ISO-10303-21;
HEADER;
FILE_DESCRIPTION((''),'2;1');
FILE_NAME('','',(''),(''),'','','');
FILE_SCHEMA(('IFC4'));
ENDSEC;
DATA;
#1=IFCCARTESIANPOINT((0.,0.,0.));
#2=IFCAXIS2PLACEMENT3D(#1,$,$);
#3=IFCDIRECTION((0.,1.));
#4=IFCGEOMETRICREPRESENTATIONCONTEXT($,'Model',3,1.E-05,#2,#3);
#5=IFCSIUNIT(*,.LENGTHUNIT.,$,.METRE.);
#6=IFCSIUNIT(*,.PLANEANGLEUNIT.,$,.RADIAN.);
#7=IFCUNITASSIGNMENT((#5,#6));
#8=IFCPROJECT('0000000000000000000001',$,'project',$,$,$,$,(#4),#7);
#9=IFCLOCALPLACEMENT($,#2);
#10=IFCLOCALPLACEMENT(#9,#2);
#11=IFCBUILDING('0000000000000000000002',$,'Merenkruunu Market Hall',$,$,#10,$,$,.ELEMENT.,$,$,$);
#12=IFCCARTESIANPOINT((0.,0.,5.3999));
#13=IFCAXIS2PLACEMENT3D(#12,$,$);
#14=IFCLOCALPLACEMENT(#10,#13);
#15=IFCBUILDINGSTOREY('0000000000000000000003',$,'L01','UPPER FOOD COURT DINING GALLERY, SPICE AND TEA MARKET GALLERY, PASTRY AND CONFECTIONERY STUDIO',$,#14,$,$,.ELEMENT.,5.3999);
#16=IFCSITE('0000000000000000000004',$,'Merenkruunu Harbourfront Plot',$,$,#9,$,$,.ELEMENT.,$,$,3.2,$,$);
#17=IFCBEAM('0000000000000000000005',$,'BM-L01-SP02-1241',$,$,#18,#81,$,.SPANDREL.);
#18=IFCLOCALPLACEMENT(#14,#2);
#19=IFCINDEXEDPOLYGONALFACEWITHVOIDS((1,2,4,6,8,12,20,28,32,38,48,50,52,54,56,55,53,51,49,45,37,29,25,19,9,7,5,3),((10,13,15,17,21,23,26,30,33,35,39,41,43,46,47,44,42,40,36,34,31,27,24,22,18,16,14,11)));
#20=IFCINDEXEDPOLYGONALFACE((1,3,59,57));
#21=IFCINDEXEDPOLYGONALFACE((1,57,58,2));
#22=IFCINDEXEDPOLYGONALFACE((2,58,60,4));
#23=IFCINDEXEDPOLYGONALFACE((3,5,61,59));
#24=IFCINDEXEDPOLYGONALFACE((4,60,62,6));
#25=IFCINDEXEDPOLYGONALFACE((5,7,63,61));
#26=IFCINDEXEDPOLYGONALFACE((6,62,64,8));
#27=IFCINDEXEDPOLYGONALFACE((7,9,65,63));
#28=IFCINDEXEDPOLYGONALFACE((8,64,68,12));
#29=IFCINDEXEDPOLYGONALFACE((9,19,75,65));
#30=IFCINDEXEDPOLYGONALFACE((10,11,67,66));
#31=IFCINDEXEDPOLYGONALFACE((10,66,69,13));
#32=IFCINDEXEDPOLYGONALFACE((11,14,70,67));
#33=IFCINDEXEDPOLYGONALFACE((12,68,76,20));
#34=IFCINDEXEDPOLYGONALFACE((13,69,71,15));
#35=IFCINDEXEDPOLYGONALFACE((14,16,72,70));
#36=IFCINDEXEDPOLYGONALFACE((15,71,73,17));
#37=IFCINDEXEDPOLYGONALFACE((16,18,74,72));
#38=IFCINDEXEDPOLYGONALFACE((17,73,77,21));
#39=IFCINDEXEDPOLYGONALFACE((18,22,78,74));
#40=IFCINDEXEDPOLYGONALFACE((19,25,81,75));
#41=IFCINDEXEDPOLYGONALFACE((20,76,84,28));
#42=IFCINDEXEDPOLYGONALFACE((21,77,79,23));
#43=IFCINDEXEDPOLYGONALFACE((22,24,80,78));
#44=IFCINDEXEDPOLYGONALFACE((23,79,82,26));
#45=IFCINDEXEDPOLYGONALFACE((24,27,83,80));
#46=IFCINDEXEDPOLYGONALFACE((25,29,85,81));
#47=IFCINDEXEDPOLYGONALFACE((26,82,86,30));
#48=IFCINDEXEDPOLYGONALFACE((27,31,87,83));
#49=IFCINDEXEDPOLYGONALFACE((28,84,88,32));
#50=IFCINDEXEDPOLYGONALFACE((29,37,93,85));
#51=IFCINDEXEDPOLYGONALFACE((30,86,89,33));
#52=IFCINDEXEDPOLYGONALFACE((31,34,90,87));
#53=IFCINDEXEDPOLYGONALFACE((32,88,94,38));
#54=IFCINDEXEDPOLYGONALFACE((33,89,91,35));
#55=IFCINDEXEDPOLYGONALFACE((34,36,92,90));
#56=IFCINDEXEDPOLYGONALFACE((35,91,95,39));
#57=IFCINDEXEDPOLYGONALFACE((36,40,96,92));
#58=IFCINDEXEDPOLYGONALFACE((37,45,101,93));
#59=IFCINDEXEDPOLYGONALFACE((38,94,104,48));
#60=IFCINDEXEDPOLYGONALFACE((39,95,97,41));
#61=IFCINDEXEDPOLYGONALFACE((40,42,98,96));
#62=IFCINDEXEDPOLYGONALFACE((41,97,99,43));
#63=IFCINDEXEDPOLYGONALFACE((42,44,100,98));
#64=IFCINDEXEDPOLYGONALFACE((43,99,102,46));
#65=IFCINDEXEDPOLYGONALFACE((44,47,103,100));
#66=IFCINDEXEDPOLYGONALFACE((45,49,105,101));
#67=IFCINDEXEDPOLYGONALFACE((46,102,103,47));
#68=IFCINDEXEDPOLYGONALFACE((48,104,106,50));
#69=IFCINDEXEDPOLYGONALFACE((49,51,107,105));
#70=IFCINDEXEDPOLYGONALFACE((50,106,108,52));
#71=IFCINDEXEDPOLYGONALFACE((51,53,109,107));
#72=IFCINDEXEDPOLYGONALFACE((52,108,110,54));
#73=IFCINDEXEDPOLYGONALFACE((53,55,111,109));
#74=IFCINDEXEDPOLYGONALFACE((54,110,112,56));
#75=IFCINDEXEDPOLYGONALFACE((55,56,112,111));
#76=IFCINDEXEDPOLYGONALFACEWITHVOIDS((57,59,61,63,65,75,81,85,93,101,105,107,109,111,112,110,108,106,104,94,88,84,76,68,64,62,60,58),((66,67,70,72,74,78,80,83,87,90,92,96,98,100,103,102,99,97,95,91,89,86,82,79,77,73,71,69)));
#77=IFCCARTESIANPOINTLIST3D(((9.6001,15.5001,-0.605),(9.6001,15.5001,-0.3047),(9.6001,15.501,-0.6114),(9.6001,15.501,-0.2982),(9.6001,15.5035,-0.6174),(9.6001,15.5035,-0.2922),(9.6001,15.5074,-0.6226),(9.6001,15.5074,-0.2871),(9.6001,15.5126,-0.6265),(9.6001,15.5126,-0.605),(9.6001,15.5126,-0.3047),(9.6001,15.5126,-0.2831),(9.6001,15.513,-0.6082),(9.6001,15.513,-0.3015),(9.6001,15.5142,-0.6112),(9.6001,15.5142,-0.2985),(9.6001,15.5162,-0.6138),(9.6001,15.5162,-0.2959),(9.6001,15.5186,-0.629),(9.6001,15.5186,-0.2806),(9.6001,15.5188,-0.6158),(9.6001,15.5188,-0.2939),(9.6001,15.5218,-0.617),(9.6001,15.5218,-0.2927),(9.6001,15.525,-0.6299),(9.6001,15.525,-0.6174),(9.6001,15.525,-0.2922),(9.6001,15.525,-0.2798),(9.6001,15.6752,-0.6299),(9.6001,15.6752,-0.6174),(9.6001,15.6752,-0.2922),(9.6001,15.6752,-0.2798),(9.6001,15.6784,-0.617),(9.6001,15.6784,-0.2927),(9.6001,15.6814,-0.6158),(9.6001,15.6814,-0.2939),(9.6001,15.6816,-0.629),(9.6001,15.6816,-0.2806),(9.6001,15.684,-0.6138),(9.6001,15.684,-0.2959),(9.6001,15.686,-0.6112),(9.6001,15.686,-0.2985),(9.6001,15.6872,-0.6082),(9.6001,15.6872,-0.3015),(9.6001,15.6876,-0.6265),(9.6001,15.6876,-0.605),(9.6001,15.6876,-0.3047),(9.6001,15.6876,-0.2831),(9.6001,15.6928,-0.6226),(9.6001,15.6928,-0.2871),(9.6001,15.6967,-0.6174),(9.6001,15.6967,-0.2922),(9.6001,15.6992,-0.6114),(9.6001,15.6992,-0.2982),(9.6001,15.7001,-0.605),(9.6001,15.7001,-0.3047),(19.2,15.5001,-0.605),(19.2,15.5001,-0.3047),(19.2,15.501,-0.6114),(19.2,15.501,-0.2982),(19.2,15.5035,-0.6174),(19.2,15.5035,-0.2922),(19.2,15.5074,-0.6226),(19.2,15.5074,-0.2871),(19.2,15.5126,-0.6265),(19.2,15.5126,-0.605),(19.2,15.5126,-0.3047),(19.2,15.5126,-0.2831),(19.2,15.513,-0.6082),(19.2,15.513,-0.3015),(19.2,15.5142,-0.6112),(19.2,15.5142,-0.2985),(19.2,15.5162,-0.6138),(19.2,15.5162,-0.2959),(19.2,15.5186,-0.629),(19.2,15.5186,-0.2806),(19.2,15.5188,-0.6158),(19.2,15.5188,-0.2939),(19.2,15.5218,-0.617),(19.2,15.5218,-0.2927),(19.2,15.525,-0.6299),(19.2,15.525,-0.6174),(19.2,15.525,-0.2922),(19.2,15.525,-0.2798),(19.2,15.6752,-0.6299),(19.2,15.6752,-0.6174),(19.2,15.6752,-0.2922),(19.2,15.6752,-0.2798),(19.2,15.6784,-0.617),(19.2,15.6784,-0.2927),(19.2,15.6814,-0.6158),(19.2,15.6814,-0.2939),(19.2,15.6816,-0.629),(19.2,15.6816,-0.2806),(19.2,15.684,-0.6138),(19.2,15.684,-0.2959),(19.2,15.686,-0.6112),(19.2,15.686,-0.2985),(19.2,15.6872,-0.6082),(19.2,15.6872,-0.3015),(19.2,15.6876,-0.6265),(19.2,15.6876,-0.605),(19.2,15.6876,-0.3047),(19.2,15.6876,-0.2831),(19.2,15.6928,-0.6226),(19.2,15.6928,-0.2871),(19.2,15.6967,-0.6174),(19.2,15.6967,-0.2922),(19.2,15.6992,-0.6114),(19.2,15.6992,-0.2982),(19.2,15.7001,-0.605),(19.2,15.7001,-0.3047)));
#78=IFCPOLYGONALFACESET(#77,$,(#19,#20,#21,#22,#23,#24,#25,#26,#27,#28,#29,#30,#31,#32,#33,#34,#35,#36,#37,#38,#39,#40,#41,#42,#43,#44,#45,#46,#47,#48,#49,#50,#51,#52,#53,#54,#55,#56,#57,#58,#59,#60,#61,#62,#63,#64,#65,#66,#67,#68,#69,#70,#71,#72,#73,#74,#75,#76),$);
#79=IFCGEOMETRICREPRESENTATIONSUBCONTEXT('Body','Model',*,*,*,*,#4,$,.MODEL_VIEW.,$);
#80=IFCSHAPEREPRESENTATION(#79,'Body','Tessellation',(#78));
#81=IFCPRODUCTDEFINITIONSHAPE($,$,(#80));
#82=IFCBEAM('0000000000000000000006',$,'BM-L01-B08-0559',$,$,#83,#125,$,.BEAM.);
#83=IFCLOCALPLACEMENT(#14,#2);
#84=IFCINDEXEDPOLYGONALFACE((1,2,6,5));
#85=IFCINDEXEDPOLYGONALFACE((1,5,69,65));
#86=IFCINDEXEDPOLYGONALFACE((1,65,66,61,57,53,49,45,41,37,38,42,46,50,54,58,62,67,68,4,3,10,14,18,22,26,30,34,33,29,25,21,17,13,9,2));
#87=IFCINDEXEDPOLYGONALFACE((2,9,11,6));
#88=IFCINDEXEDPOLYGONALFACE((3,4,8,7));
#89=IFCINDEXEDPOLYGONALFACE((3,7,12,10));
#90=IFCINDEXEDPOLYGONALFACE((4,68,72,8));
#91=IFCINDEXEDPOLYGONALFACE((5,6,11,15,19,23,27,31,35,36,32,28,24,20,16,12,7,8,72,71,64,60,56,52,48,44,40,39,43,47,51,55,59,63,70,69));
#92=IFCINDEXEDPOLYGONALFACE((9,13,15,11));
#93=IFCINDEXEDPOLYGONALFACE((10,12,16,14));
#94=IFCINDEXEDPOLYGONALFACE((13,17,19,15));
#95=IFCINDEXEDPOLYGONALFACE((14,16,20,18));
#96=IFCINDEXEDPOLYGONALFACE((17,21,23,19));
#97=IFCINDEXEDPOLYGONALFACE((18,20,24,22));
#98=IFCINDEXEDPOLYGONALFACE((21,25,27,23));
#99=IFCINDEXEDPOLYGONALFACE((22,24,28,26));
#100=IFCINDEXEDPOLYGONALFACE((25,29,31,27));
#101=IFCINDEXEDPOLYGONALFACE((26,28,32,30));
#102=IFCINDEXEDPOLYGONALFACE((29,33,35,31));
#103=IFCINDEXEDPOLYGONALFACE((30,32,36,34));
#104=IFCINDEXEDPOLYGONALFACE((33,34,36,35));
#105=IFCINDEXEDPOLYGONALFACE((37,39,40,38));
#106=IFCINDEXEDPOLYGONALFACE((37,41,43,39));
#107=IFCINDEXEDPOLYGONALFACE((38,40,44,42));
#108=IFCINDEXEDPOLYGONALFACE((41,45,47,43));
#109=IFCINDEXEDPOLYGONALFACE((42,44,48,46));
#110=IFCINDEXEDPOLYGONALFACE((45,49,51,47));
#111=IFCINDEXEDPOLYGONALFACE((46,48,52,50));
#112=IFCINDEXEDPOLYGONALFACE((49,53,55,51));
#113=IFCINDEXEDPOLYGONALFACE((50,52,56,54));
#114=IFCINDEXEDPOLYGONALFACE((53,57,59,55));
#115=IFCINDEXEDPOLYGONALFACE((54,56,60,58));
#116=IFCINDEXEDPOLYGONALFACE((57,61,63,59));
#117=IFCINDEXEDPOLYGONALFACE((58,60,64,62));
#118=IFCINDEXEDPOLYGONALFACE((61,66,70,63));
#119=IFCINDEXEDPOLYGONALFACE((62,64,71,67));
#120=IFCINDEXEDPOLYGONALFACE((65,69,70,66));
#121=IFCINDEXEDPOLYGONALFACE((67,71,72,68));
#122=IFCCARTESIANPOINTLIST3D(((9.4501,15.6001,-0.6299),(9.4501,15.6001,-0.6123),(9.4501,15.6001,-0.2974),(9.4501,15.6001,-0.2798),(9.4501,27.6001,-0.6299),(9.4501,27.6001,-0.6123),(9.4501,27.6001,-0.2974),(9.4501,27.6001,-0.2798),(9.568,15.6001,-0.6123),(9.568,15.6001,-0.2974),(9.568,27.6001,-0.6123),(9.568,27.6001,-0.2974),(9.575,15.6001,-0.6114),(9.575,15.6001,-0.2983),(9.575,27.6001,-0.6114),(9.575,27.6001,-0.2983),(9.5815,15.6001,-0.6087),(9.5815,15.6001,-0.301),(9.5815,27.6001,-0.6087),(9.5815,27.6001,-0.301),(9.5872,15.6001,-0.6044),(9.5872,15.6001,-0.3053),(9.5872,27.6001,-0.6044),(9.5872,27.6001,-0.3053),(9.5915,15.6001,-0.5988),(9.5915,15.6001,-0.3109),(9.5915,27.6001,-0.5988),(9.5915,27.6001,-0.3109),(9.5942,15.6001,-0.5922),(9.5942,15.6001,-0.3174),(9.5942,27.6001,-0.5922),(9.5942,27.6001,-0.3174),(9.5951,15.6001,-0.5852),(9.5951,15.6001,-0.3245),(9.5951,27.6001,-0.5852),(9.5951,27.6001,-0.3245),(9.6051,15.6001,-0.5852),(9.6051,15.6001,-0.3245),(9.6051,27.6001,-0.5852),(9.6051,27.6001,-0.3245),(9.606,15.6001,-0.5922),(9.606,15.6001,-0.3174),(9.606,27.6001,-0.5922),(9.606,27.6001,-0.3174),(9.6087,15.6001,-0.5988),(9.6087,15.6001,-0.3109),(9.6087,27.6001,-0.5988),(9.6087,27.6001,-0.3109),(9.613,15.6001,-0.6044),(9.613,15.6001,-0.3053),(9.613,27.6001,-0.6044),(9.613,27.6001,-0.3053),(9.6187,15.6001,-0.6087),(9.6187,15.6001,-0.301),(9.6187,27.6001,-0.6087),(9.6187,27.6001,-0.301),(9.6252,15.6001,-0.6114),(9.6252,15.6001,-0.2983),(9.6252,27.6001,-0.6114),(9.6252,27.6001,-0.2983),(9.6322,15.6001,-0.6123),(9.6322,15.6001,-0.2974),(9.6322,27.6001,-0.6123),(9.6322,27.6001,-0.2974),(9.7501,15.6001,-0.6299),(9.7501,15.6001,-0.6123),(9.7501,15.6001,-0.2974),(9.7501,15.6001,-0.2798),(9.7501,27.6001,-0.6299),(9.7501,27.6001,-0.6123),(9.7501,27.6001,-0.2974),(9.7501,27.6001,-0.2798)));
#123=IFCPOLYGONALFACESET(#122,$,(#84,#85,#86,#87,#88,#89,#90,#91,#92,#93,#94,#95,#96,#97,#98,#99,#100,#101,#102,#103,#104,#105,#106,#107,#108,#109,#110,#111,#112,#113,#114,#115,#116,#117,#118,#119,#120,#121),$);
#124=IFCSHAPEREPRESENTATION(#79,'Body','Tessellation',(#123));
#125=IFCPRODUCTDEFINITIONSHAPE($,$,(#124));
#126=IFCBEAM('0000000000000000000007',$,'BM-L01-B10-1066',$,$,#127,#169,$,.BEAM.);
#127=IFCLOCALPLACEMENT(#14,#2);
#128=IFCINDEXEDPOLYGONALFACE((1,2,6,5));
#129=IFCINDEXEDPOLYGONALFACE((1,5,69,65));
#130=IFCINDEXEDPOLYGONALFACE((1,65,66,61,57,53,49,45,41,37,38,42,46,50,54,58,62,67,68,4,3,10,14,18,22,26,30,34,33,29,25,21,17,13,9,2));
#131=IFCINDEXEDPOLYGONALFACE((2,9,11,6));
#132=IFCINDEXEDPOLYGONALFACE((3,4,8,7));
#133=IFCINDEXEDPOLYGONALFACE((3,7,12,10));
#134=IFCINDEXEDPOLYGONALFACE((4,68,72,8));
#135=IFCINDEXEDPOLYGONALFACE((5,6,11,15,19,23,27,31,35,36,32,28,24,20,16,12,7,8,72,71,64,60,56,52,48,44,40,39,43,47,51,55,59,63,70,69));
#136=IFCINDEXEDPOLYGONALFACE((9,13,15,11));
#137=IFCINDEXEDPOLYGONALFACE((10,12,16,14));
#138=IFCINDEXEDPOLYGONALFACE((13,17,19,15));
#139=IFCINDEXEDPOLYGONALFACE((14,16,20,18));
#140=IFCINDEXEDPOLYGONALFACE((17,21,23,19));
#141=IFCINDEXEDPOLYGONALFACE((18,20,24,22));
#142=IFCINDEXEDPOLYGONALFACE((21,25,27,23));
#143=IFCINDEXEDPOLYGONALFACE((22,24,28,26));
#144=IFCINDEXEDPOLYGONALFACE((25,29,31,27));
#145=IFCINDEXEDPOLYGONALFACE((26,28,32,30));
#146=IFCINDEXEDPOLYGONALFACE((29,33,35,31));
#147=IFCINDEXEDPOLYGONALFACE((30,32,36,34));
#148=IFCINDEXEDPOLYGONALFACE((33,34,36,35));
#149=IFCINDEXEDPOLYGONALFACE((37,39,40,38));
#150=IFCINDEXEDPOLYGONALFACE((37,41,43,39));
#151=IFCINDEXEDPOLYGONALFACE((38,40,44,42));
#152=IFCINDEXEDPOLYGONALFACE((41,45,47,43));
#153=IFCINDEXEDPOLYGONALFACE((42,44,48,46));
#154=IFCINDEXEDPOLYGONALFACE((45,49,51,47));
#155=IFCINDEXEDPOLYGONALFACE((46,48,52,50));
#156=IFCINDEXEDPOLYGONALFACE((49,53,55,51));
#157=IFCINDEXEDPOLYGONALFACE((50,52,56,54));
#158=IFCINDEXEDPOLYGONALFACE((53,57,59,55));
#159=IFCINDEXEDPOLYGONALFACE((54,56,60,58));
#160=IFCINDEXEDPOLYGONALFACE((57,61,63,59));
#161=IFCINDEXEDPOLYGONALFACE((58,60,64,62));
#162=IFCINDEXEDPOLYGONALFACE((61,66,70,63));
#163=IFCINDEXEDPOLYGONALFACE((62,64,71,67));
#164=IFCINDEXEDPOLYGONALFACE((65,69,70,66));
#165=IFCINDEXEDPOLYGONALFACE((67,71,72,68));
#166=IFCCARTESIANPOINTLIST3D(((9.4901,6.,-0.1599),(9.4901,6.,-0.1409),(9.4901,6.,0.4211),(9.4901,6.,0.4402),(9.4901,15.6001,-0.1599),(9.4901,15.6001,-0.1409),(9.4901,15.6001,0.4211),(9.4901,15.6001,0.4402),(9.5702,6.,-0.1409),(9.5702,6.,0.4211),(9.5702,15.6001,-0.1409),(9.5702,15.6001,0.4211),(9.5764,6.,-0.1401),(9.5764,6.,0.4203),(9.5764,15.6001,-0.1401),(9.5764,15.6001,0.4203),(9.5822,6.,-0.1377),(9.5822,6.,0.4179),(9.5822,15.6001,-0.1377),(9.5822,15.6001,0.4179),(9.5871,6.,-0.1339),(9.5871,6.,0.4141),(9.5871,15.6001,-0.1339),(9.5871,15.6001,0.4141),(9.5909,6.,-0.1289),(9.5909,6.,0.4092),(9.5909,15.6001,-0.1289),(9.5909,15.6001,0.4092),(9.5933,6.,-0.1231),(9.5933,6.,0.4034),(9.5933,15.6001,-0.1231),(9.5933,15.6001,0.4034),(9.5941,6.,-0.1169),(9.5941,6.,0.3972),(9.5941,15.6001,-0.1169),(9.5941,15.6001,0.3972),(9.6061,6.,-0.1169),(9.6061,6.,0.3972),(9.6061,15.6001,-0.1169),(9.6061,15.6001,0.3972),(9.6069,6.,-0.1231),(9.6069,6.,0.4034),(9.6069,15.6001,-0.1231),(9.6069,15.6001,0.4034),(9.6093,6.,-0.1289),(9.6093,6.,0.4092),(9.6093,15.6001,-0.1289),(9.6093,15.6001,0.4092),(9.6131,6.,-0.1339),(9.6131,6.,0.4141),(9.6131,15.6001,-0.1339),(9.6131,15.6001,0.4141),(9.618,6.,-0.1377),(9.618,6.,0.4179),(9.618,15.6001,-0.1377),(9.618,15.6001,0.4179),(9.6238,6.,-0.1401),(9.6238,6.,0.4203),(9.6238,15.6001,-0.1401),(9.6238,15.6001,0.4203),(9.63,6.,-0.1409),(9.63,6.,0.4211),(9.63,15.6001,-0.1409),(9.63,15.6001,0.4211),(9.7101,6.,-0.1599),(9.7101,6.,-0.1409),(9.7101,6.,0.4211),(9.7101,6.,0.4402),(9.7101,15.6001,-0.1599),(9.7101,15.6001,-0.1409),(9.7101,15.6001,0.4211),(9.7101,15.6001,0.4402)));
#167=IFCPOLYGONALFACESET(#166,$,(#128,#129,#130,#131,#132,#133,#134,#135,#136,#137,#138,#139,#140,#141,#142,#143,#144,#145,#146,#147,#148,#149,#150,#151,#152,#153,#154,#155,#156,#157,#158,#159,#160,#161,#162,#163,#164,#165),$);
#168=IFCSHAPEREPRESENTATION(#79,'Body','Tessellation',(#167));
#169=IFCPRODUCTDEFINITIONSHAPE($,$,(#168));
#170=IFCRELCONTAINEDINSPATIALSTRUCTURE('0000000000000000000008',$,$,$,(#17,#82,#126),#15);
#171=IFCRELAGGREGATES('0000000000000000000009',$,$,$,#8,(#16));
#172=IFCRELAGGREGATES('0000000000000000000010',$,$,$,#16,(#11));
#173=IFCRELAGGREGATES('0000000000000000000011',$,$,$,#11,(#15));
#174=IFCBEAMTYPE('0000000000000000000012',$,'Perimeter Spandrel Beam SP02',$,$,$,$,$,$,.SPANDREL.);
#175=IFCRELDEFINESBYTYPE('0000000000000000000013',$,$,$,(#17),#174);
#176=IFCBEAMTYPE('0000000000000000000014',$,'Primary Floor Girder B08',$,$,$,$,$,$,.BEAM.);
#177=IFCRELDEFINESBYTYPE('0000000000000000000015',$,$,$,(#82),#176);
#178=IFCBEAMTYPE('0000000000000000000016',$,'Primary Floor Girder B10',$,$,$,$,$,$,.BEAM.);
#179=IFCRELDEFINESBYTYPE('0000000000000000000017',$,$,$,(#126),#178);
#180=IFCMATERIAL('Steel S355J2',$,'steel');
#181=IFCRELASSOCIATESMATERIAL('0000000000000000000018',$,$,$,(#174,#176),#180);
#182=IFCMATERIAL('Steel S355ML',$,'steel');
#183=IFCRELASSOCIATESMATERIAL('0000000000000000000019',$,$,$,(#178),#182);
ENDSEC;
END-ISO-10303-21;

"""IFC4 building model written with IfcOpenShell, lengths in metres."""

from ifc_helpers import new_model, si_unit, direction, frame, origin, origin_2d, place, context, subcontext, project, spatial, hollow_rectangle, i_section, extrude, material, material_profile, profile_set, type_object, element, save


model = new_model("IFC4")

# Units and contexts
model_context = context("Model", 3, precision=1e-05, world=origin(), true_north=direction((0.0, 1.0)))
body_context = subcontext(model_context, "Body", "Model", "MODEL_VIEW")
ifc_project = project(units=[si_unit("LENGTHUNIT", "METRE"), si_unit("PLANEANGLEUNIT", "RADIAN")], contexts=[model_context])

# Site, building, storey
site_placement = place(None, origin())
site = spatial("IfcSite", under=ifc_project, at=site_placement, Name="Merenkruunu Harbourfront Plot", CompositionType="ELEMENT", RefElevation=3.2)
building_placement = place(site_placement, origin())
building = spatial("IfcBuilding", under=site, at=building_placement, Name="Merenkruunu Market Hall", CompositionType="ELEMENT")
storey_placement = place(building_placement, frame((0.0, 0.0, 5.3999)))
storey = spatial("IfcBuildingStorey", under=building, at=storey_placement, Name="L01", Description="UPPER FOOD COURT DINING GALLERY, SPICE AND TEA MARKET GALLERY, PASTRY AND CONFECTIONERY STUDIO", CompositionType="ELEMENT", Elevation=5.3999)

# Shared definitions
ifc_material_1 = material(Name="Steel S355J2", Category="steel")

# Beams
ifc_material_2 = material(Name="Steel S355ML", Category="steel")
ifc_material_profile_1 = material_profile(ifc_material_1, hollow_rectangle(XDim=0.2, YDim=0.3501, WallThickness=0.0125, InnerFilletRadius=0.0125, OuterFilletRadius=0.0249, at=origin_2d()), Name="RHS 350x200x12.5")
ifc_profile_set_1 = profile_set([ifc_material_profile_1], Name="Steel S355J2")
beam_type_1 = type_object("IfcBeamType", Name="Perimeter Spandrel Beam SP02", PredefinedType="SPANDREL", material=ifc_profile_set_1)
beam_1_placement = place(storey_placement, frame((9.6001, 15.6001, -0.4548), z_axis=(1.0, 0.0, 0.0), x_axis=(0.0, 1.0, 0.0)))
element("IfcBeam", 1, at=beam_1_placement, inside=storey, type_object=beam_type_1, Name="BM-L01-SP02-1241", PredefinedType="SPANDREL", context=body_context, shape_type="SweptSolid", body=[
    extrude(hollow_rectangle(XDim=0.2, YDim=0.3501, WallThickness=0.0125, InnerFilletRadius=0.0125, OuterFilletRadius=0.0249, at=origin_2d()), origin(), (0.0, 0.0, 1.0), 9.5999),
])
ifc_material_profile_2 = material_profile(ifc_material_1, i_section(OverallWidth=0.3, OverallDepth=0.3501, WebThickness=0.01, FlangeThickness=0.0176, FilletRadius=0.0271, at=origin_2d()), Name="HEA 360")
ifc_profile_set_2 = profile_set([ifc_material_profile_2], Name="Steel S355J2")
beam_type_2 = type_object("IfcBeamType", Name="Primary Floor Girder B08", PredefinedType="BEAM", material=ifc_profile_set_2)
beam_2_placement = place(storey_placement, frame((9.6001, 15.6001, -0.4548), z_axis=(0.0, 1.0, 0.0), x_axis=(-1.0, 0.0, 0.0)))
element("IfcBeam", 2, at=beam_2_placement, inside=storey, type_object=beam_type_2, Name="BM-L01-B08-0559", PredefinedType="BEAM", context=body_context, shape_type="SweptSolid", body=[
    extrude(i_section(OverallWidth=0.3, OverallDepth=0.3501, WebThickness=0.01, FlangeThickness=0.0176, FilletRadius=0.0271, at=origin_2d()), origin(), (0.0, 0.0, 1.0), 12.0),
])
ifc_material_profile_3 = material_profile(ifc_material_2, i_section(OverallWidth=0.22, OverallDepth=0.6001, WebThickness=0.012, FlangeThickness=0.019, FilletRadius=0.0239, at=origin_2d()), Name="IPE 600")
ifc_profile_set_3 = profile_set([ifc_material_profile_3], Name="Steel S355ML")
beam_type_3 = type_object("IfcBeamType", Name="Primary Floor Girder B10", PredefinedType="BEAM", material=ifc_profile_set_3)
beam_3_placement = place(storey_placement, frame((9.6001, 15.6001, 0.1401), z_axis=(0.0, -1.0, 0.0), x_axis=(1.0, 0.0, 0.0)))
element("IfcBeam", 3, at=beam_3_placement, inside=storey, type_object=beam_type_3, Name="BM-L01-B10-1066", PredefinedType="BEAM", context=body_context, shape_type="SweptSolid", body=[
    extrude(i_section(OverallWidth=0.22, OverallDepth=0.6001, WebThickness=0.012, FlangeThickness=0.019, FilletRadius=0.0239, at=origin_2d()), origin(), (0.0, 0.0, 1.0), 9.6001),
])

save(model, "model.ifc")
